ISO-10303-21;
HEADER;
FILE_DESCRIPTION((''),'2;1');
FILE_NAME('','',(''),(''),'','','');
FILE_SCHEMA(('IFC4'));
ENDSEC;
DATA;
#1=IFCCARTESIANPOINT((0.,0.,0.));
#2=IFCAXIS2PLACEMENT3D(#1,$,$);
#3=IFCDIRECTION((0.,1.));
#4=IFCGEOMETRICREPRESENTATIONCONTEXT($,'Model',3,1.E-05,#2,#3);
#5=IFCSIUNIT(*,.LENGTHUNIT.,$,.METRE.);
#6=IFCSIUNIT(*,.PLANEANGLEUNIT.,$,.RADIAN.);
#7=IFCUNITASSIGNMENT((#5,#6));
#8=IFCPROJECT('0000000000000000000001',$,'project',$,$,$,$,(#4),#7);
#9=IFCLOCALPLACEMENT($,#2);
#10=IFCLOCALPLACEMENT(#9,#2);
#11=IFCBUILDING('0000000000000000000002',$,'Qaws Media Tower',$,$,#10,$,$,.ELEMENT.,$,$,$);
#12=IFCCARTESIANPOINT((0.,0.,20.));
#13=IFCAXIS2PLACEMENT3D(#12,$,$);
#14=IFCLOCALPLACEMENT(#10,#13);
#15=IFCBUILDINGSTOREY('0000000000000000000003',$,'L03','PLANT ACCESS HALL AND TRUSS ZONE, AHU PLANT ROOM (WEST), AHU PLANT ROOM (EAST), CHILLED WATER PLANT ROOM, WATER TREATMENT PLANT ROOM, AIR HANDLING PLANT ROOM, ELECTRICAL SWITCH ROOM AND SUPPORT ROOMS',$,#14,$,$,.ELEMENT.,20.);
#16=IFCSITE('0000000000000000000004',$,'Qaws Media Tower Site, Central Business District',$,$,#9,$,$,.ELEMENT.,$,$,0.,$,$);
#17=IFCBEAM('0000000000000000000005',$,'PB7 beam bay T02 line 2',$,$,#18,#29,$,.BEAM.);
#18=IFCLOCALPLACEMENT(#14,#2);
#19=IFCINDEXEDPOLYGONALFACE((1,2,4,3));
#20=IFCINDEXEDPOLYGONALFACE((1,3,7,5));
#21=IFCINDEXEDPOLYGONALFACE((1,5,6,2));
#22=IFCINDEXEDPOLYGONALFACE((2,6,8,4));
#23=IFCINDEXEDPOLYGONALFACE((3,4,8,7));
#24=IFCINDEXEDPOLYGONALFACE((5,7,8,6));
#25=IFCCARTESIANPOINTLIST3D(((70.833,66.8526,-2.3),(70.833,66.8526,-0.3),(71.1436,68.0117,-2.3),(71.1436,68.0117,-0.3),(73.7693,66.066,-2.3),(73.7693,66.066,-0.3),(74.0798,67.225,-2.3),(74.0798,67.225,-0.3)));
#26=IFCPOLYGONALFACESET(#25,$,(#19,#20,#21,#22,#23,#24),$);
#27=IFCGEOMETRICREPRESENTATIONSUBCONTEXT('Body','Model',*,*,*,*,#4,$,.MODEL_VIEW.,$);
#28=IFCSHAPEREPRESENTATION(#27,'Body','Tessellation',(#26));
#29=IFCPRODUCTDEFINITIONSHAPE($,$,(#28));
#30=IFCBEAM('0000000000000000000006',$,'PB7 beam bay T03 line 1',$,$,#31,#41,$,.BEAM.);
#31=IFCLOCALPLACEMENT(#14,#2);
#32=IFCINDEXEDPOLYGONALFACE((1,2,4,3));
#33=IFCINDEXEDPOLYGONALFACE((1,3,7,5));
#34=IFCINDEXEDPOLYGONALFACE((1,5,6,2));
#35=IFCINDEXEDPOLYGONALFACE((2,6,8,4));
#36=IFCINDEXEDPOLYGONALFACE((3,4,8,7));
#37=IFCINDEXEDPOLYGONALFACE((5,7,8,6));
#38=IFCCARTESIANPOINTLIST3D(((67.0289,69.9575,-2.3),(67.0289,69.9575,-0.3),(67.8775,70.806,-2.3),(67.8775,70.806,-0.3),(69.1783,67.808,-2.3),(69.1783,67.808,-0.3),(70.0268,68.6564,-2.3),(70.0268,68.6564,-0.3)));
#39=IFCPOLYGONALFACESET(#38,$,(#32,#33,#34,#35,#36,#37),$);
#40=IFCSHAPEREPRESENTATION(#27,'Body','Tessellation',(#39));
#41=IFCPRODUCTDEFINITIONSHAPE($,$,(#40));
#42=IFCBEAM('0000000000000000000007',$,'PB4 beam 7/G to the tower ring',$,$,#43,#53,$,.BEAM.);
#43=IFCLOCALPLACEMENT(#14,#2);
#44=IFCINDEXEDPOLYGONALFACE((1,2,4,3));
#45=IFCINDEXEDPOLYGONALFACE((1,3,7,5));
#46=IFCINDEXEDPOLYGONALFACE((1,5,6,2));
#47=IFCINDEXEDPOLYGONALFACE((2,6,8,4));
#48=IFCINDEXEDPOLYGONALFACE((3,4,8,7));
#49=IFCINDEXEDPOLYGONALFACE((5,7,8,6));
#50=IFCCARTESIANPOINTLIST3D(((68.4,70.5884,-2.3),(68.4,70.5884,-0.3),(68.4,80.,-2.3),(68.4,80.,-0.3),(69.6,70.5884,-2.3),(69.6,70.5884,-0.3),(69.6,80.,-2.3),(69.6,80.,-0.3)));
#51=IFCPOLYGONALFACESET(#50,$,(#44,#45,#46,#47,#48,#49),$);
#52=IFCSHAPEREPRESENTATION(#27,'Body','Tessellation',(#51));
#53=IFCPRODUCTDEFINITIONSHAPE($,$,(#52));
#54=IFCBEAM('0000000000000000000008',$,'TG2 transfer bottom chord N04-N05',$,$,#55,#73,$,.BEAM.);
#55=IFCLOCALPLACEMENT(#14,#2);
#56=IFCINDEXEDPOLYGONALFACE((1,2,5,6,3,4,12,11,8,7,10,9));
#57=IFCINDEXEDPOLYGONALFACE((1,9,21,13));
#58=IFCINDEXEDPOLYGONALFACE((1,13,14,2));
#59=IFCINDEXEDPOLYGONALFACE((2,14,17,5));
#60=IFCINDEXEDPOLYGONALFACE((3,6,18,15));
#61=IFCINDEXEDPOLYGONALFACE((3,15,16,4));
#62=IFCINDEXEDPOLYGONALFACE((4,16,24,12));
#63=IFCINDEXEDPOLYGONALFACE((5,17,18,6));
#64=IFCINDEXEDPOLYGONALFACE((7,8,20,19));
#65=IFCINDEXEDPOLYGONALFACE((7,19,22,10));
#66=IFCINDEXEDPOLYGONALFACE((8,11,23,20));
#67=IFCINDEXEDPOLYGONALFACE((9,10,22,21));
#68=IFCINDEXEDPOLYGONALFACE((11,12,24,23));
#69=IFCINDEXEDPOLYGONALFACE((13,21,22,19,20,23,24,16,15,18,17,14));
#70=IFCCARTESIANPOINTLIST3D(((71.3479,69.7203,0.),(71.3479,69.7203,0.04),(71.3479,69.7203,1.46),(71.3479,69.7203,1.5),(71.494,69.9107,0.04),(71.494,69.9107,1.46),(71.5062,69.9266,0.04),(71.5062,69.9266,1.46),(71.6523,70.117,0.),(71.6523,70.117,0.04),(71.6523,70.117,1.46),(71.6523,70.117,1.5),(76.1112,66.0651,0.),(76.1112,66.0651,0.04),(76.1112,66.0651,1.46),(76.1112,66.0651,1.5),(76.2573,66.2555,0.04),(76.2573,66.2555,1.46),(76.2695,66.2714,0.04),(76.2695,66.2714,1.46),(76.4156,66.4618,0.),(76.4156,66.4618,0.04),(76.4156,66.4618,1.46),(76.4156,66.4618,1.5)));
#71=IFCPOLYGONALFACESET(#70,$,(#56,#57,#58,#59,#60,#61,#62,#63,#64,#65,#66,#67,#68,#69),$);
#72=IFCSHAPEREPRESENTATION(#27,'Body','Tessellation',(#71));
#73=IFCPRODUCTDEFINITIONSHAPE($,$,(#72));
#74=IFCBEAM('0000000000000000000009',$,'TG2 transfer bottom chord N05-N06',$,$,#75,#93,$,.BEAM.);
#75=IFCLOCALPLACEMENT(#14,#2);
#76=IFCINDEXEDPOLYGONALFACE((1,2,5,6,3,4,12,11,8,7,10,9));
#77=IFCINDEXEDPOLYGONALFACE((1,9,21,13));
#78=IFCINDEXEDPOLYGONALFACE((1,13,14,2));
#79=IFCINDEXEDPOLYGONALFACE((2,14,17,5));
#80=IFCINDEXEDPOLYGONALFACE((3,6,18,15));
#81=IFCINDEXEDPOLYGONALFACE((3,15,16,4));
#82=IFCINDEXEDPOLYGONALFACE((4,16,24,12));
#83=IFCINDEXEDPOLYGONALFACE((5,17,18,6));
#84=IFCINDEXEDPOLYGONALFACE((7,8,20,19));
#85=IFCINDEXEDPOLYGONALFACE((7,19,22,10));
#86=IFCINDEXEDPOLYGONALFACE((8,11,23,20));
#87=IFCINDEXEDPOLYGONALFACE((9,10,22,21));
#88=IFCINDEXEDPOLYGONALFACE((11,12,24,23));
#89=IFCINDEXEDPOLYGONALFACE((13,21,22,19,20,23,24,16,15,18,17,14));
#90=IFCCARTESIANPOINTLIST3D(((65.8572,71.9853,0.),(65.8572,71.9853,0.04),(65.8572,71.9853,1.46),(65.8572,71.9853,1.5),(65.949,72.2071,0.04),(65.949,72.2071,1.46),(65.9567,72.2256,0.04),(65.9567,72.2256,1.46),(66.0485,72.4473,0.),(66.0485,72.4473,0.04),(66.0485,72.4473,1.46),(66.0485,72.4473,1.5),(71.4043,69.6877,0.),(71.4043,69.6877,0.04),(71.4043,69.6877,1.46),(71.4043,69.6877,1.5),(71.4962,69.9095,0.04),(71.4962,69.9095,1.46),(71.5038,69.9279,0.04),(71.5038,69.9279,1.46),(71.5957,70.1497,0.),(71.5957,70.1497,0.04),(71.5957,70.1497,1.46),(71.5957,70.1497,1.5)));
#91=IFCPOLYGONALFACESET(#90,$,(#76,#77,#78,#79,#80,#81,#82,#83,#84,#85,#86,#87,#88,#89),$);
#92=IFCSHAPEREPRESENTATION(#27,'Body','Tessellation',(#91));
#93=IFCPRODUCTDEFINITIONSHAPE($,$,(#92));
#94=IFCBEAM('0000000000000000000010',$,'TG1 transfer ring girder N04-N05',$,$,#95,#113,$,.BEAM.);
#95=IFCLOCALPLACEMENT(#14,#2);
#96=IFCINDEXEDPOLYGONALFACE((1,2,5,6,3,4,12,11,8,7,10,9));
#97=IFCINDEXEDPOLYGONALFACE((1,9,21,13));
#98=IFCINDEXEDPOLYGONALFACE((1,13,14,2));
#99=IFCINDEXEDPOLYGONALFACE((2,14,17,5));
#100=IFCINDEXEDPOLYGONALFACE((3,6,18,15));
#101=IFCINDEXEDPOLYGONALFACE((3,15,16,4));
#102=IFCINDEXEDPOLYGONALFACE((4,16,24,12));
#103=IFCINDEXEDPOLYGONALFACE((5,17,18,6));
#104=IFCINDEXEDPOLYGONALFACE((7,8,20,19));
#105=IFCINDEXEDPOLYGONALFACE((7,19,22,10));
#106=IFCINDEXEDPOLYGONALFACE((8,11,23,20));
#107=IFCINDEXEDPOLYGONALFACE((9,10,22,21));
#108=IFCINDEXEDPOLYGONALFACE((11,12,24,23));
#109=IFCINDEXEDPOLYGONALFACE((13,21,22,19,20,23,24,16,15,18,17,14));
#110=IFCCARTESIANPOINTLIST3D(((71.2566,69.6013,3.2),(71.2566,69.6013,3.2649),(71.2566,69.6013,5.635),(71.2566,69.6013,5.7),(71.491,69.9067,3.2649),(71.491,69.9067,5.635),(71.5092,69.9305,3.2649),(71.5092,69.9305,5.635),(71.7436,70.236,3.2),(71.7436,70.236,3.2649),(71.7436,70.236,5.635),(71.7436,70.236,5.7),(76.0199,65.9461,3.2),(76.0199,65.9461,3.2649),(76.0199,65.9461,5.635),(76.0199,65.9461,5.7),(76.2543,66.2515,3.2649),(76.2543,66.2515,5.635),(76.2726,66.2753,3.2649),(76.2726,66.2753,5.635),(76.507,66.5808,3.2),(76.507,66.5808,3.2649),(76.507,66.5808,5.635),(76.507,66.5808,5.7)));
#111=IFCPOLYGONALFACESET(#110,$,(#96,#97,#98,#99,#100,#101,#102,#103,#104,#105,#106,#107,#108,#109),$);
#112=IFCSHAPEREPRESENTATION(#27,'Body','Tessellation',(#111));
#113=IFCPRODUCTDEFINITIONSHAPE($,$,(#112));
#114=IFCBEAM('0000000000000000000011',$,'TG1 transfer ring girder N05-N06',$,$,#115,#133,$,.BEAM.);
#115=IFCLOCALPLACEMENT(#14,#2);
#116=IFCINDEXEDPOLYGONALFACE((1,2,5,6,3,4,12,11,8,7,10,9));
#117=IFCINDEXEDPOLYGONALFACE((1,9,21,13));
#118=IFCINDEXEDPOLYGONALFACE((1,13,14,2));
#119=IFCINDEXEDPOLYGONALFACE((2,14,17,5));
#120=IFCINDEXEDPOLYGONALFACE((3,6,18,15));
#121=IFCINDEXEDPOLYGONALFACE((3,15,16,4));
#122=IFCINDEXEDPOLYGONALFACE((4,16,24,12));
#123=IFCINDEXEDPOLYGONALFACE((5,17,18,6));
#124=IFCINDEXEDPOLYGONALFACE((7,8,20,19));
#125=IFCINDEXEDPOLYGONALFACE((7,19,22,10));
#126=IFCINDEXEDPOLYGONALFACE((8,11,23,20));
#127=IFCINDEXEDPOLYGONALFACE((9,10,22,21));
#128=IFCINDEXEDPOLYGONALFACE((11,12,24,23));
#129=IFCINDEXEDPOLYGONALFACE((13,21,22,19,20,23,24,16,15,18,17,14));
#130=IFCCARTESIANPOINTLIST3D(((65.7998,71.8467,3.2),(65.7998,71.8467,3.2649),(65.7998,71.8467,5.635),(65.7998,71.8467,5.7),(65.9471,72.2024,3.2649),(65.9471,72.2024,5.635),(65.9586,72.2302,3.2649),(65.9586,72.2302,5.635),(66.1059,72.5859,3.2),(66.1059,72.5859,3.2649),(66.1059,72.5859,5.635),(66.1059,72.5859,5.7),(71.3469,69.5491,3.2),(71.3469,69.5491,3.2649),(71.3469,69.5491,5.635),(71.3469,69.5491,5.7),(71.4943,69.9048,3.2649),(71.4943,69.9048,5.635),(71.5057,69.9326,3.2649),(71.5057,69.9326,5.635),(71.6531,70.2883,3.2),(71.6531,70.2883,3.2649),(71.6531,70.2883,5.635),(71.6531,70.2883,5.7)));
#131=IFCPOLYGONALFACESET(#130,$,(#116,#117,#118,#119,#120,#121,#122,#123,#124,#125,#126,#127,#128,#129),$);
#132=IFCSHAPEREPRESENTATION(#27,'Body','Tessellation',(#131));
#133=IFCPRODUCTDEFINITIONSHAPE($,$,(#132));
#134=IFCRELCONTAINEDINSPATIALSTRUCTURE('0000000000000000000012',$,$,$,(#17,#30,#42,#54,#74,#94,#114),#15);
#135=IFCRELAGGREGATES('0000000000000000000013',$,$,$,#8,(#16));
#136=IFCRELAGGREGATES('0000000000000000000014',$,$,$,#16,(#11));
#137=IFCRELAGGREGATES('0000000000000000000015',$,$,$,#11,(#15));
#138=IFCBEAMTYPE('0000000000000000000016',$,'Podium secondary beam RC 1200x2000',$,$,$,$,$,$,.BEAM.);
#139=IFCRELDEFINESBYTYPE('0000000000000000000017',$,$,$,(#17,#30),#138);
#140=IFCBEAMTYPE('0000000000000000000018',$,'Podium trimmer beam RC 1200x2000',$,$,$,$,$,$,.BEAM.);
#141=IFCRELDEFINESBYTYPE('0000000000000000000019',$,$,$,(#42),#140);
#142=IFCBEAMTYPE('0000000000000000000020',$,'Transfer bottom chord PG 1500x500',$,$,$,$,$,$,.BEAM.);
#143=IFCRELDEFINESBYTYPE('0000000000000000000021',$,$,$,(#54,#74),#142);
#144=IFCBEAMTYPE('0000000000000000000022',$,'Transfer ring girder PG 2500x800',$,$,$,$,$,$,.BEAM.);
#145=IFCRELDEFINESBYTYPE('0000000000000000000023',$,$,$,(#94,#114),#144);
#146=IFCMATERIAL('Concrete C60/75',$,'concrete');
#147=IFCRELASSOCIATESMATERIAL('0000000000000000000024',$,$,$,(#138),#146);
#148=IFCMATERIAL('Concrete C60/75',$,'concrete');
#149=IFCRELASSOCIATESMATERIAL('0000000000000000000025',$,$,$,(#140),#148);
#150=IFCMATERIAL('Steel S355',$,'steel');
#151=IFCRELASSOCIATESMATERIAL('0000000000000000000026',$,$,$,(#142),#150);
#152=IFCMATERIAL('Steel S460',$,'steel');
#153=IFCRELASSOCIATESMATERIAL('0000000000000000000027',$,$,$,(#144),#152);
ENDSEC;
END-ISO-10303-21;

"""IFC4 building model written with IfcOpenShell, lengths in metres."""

from ifc_helpers import new_model, si_unit, direction, frame, origin, origin_2d, place, context, subcontext, project, spatial, rectangle, i_section, extrude, material, material_profile, profile_set, type_object, element, save


model = new_model("IFC4")

# Units and contexts
model_context = context("Model", 3, precision=1e-05, world=origin(), true_north=direction((0.0, 1.0)))
body_context = subcontext(model_context, "Body", "Model", "MODEL_VIEW")
ifc_project = project(units=[si_unit("LENGTHUNIT", "METRE"), si_unit("PLANEANGLEUNIT", "RADIAN")], contexts=[model_context])

# Site, building, storey
site_placement = place(None, origin())
site = spatial("IfcSite", under=ifc_project, at=site_placement, Name="Qaws Media Tower Site, Central Business District", CompositionType="ELEMENT", RefElevation=0.0)
building_placement = place(site_placement, origin())
building = spatial("IfcBuilding", under=site, at=building_placement, Name="Qaws Media Tower", CompositionType="ELEMENT")
storey_placement = place(building_placement, frame((0.0, 0.0, 20.0)))
storey = spatial("IfcBuildingStorey", under=building, at=storey_placement, Name="L03", Description="PLANT ACCESS HALL AND TRUSS ZONE, AHU PLANT ROOM (WEST), AHU PLANT ROOM (EAST), CHILLED WATER PLANT ROOM, WATER TREATMENT PLANT ROOM, AIR HANDLING PLANT ROOM, ELECTRICAL SWITCH ROOM AND SUPPORT ROOMS", CompositionType="ELEMENT", Elevation=20.0)

# Beams
ifc_material_1 = material(Name="Concrete C60/75", Category="concrete")
ifc_material_profile_1 = material_profile(ifc_material_1, rectangle(XDim=1.2, YDim=2.0, at=origin_2d()), Name="RC 1200x2000")
ifc_profile_set_1 = profile_set([ifc_material_profile_1], Name="Concrete C60/75")
beam_type_1 = type_object("IfcBeamType", Name="Podium secondary beam RC 1200x2000", PredefinedType="BEAM", material=ifc_profile_set_1)
for number, where, z_axis, x_axis, name in (
    (1, (73.9246, 66.6455, -1.3), (-0.965938, 0.258772, 0.0), (-0.258772, -0.965938, 0.0), "PB7 beam bay T02 line 2"),
    (2, (69.6025, 68.2322, -1.3), (-0.707067, 0.707147, 0.0), (-0.707147, -0.707067, 0.0), "PB7 beam bay T03 line 1"),
):
    element("IfcBeam", number, at=place(storey_placement, frame(where, z_axis=z_axis, x_axis=x_axis)), inside=storey, type_object=beam_type_1, Name=name, PredefinedType="BEAM", context=body_context, shape_type="SweptSolid", body=[
        extrude(rectangle(XDim=1.2, YDim=2.0, at=origin_2d()), origin(), (0.0, 0.0, 1.0), 3.0398),
    ])
ifc_material_2 = material(Name="Concrete C60/75", Category="concrete")
ifc_material_profile_2 = material_profile(ifc_material_2, rectangle(XDim=1.2, YDim=2.0, at=origin_2d()), Name="RC 1200x2000")
ifc_profile_set_2 = profile_set([ifc_material_profile_2], Name="Concrete C60/75")
beam_type_2 = type_object("IfcBeamType", Name="Podium trimmer beam RC 1200x2000", PredefinedType="BEAM", material=ifc_profile_set_2)
beam_1_placement = place(storey_placement, frame((69.0, 80.0, -1.3), z_axis=(0.0, -1.0, 0.0), x_axis=(1.0, 0.0, 0.0)))
element("IfcBeam", 3, at=beam_1_placement, inside=storey, type_object=beam_type_2, Name="PB4 beam 7/G to the tower ring", PredefinedType="BEAM", context=body_context, shape_type="SweptSolid", body=[
    extrude(rectangle(XDim=1.2, YDim=2.0, at=origin_2d()), origin(), (0.0, 0.0, 1.0), 9.4116),
])
ifc_material_3 = material(Name="Steel S355", Category="steel")
ifc_material_profile_3 = material_profile(ifc_material_3, i_section(OverallWidth=0.5, OverallDepth=1.5, WebThickness=0.02, FlangeThickness=0.04, at=origin_2d()), Name="PG 1500x500")
ifc_profile_set_3 = profile_set([ifc_material_profile_3], Name="Steel S355")
beam_type_3 = type_object("IfcBeamType", Name="Transfer bottom chord PG 1500x500", PredefinedType="BEAM", material=ifc_profile_set_3)
for number, where, z_axis, x_axis, name in (
    (4, (76.2634, 66.2634, 0.75), (-0.79334, 0.608779, 0.0), (-0.608779, -0.79334, 0.0), "TG2 transfer bottom chord N04-N05"),
    (5, (71.5, 69.9187, 0.75), (-0.923885, 0.382671, 0.0), (-0.382671, -0.923885, 0.0), "TG2 transfer bottom chord N05-N06"),
):
    element("IfcBeam", number, at=place(storey_placement, frame(where, z_axis=z_axis, x_axis=x_axis)), inside=storey, type_object=beam_type_3, Name=name, PredefinedType="BEAM", context=body_context, shape_type="SweptSolid", body=[
        extrude(i_section(OverallWidth=0.5, OverallDepth=1.5, WebThickness=0.02, FlangeThickness=0.04, at=origin_2d()), origin(), (0.0, 0.0, 1.0), 6.0042),
    ])
ifc_material_4 = material(Name="Steel S460", Category="steel")
ifc_material_profile_4 = material_profile(ifc_material_4, i_section(OverallWidth=0.8, OverallDepth=2.5, WebThickness=0.03, FlangeThickness=0.0649, at=origin_2d()), Name="PG 2500x800")
ifc_profile_set_4 = profile_set([ifc_material_profile_4], Name="Steel S460")
beam_type_4 = type_object("IfcBeamType", Name="Transfer ring girder PG 2500x800", PredefinedType="BEAM", material=ifc_profile_set_4)
for number, where, z_axis, x_axis, name in (
    (6, (76.2634, 66.2634, 4.45), (-0.79334, 0.608779, 0.0), (-0.608779, -0.79334, 0.0), "TG1 transfer ring girder N04-N05"),
    (7, (71.5, 69.9187, 4.45), (-0.923885, 0.382671, 0.0), (-0.382671, -0.923885, 0.0), "TG1 transfer ring girder N05-N06"),
):
    element("IfcBeam", number, at=place(storey_placement, frame(where, z_axis=z_axis, x_axis=x_axis)), inside=storey, type_object=beam_type_4, Name=name, PredefinedType="BEAM", context=body_context, shape_type="SweptSolid", body=[
        extrude(i_section(OverallWidth=0.8, OverallDepth=2.5, WebThickness=0.03, FlangeThickness=0.0649, at=origin_2d()), origin(), (0.0, 0.0, 1.0), 6.0042),
    ])

save(model, "model.ifc")
